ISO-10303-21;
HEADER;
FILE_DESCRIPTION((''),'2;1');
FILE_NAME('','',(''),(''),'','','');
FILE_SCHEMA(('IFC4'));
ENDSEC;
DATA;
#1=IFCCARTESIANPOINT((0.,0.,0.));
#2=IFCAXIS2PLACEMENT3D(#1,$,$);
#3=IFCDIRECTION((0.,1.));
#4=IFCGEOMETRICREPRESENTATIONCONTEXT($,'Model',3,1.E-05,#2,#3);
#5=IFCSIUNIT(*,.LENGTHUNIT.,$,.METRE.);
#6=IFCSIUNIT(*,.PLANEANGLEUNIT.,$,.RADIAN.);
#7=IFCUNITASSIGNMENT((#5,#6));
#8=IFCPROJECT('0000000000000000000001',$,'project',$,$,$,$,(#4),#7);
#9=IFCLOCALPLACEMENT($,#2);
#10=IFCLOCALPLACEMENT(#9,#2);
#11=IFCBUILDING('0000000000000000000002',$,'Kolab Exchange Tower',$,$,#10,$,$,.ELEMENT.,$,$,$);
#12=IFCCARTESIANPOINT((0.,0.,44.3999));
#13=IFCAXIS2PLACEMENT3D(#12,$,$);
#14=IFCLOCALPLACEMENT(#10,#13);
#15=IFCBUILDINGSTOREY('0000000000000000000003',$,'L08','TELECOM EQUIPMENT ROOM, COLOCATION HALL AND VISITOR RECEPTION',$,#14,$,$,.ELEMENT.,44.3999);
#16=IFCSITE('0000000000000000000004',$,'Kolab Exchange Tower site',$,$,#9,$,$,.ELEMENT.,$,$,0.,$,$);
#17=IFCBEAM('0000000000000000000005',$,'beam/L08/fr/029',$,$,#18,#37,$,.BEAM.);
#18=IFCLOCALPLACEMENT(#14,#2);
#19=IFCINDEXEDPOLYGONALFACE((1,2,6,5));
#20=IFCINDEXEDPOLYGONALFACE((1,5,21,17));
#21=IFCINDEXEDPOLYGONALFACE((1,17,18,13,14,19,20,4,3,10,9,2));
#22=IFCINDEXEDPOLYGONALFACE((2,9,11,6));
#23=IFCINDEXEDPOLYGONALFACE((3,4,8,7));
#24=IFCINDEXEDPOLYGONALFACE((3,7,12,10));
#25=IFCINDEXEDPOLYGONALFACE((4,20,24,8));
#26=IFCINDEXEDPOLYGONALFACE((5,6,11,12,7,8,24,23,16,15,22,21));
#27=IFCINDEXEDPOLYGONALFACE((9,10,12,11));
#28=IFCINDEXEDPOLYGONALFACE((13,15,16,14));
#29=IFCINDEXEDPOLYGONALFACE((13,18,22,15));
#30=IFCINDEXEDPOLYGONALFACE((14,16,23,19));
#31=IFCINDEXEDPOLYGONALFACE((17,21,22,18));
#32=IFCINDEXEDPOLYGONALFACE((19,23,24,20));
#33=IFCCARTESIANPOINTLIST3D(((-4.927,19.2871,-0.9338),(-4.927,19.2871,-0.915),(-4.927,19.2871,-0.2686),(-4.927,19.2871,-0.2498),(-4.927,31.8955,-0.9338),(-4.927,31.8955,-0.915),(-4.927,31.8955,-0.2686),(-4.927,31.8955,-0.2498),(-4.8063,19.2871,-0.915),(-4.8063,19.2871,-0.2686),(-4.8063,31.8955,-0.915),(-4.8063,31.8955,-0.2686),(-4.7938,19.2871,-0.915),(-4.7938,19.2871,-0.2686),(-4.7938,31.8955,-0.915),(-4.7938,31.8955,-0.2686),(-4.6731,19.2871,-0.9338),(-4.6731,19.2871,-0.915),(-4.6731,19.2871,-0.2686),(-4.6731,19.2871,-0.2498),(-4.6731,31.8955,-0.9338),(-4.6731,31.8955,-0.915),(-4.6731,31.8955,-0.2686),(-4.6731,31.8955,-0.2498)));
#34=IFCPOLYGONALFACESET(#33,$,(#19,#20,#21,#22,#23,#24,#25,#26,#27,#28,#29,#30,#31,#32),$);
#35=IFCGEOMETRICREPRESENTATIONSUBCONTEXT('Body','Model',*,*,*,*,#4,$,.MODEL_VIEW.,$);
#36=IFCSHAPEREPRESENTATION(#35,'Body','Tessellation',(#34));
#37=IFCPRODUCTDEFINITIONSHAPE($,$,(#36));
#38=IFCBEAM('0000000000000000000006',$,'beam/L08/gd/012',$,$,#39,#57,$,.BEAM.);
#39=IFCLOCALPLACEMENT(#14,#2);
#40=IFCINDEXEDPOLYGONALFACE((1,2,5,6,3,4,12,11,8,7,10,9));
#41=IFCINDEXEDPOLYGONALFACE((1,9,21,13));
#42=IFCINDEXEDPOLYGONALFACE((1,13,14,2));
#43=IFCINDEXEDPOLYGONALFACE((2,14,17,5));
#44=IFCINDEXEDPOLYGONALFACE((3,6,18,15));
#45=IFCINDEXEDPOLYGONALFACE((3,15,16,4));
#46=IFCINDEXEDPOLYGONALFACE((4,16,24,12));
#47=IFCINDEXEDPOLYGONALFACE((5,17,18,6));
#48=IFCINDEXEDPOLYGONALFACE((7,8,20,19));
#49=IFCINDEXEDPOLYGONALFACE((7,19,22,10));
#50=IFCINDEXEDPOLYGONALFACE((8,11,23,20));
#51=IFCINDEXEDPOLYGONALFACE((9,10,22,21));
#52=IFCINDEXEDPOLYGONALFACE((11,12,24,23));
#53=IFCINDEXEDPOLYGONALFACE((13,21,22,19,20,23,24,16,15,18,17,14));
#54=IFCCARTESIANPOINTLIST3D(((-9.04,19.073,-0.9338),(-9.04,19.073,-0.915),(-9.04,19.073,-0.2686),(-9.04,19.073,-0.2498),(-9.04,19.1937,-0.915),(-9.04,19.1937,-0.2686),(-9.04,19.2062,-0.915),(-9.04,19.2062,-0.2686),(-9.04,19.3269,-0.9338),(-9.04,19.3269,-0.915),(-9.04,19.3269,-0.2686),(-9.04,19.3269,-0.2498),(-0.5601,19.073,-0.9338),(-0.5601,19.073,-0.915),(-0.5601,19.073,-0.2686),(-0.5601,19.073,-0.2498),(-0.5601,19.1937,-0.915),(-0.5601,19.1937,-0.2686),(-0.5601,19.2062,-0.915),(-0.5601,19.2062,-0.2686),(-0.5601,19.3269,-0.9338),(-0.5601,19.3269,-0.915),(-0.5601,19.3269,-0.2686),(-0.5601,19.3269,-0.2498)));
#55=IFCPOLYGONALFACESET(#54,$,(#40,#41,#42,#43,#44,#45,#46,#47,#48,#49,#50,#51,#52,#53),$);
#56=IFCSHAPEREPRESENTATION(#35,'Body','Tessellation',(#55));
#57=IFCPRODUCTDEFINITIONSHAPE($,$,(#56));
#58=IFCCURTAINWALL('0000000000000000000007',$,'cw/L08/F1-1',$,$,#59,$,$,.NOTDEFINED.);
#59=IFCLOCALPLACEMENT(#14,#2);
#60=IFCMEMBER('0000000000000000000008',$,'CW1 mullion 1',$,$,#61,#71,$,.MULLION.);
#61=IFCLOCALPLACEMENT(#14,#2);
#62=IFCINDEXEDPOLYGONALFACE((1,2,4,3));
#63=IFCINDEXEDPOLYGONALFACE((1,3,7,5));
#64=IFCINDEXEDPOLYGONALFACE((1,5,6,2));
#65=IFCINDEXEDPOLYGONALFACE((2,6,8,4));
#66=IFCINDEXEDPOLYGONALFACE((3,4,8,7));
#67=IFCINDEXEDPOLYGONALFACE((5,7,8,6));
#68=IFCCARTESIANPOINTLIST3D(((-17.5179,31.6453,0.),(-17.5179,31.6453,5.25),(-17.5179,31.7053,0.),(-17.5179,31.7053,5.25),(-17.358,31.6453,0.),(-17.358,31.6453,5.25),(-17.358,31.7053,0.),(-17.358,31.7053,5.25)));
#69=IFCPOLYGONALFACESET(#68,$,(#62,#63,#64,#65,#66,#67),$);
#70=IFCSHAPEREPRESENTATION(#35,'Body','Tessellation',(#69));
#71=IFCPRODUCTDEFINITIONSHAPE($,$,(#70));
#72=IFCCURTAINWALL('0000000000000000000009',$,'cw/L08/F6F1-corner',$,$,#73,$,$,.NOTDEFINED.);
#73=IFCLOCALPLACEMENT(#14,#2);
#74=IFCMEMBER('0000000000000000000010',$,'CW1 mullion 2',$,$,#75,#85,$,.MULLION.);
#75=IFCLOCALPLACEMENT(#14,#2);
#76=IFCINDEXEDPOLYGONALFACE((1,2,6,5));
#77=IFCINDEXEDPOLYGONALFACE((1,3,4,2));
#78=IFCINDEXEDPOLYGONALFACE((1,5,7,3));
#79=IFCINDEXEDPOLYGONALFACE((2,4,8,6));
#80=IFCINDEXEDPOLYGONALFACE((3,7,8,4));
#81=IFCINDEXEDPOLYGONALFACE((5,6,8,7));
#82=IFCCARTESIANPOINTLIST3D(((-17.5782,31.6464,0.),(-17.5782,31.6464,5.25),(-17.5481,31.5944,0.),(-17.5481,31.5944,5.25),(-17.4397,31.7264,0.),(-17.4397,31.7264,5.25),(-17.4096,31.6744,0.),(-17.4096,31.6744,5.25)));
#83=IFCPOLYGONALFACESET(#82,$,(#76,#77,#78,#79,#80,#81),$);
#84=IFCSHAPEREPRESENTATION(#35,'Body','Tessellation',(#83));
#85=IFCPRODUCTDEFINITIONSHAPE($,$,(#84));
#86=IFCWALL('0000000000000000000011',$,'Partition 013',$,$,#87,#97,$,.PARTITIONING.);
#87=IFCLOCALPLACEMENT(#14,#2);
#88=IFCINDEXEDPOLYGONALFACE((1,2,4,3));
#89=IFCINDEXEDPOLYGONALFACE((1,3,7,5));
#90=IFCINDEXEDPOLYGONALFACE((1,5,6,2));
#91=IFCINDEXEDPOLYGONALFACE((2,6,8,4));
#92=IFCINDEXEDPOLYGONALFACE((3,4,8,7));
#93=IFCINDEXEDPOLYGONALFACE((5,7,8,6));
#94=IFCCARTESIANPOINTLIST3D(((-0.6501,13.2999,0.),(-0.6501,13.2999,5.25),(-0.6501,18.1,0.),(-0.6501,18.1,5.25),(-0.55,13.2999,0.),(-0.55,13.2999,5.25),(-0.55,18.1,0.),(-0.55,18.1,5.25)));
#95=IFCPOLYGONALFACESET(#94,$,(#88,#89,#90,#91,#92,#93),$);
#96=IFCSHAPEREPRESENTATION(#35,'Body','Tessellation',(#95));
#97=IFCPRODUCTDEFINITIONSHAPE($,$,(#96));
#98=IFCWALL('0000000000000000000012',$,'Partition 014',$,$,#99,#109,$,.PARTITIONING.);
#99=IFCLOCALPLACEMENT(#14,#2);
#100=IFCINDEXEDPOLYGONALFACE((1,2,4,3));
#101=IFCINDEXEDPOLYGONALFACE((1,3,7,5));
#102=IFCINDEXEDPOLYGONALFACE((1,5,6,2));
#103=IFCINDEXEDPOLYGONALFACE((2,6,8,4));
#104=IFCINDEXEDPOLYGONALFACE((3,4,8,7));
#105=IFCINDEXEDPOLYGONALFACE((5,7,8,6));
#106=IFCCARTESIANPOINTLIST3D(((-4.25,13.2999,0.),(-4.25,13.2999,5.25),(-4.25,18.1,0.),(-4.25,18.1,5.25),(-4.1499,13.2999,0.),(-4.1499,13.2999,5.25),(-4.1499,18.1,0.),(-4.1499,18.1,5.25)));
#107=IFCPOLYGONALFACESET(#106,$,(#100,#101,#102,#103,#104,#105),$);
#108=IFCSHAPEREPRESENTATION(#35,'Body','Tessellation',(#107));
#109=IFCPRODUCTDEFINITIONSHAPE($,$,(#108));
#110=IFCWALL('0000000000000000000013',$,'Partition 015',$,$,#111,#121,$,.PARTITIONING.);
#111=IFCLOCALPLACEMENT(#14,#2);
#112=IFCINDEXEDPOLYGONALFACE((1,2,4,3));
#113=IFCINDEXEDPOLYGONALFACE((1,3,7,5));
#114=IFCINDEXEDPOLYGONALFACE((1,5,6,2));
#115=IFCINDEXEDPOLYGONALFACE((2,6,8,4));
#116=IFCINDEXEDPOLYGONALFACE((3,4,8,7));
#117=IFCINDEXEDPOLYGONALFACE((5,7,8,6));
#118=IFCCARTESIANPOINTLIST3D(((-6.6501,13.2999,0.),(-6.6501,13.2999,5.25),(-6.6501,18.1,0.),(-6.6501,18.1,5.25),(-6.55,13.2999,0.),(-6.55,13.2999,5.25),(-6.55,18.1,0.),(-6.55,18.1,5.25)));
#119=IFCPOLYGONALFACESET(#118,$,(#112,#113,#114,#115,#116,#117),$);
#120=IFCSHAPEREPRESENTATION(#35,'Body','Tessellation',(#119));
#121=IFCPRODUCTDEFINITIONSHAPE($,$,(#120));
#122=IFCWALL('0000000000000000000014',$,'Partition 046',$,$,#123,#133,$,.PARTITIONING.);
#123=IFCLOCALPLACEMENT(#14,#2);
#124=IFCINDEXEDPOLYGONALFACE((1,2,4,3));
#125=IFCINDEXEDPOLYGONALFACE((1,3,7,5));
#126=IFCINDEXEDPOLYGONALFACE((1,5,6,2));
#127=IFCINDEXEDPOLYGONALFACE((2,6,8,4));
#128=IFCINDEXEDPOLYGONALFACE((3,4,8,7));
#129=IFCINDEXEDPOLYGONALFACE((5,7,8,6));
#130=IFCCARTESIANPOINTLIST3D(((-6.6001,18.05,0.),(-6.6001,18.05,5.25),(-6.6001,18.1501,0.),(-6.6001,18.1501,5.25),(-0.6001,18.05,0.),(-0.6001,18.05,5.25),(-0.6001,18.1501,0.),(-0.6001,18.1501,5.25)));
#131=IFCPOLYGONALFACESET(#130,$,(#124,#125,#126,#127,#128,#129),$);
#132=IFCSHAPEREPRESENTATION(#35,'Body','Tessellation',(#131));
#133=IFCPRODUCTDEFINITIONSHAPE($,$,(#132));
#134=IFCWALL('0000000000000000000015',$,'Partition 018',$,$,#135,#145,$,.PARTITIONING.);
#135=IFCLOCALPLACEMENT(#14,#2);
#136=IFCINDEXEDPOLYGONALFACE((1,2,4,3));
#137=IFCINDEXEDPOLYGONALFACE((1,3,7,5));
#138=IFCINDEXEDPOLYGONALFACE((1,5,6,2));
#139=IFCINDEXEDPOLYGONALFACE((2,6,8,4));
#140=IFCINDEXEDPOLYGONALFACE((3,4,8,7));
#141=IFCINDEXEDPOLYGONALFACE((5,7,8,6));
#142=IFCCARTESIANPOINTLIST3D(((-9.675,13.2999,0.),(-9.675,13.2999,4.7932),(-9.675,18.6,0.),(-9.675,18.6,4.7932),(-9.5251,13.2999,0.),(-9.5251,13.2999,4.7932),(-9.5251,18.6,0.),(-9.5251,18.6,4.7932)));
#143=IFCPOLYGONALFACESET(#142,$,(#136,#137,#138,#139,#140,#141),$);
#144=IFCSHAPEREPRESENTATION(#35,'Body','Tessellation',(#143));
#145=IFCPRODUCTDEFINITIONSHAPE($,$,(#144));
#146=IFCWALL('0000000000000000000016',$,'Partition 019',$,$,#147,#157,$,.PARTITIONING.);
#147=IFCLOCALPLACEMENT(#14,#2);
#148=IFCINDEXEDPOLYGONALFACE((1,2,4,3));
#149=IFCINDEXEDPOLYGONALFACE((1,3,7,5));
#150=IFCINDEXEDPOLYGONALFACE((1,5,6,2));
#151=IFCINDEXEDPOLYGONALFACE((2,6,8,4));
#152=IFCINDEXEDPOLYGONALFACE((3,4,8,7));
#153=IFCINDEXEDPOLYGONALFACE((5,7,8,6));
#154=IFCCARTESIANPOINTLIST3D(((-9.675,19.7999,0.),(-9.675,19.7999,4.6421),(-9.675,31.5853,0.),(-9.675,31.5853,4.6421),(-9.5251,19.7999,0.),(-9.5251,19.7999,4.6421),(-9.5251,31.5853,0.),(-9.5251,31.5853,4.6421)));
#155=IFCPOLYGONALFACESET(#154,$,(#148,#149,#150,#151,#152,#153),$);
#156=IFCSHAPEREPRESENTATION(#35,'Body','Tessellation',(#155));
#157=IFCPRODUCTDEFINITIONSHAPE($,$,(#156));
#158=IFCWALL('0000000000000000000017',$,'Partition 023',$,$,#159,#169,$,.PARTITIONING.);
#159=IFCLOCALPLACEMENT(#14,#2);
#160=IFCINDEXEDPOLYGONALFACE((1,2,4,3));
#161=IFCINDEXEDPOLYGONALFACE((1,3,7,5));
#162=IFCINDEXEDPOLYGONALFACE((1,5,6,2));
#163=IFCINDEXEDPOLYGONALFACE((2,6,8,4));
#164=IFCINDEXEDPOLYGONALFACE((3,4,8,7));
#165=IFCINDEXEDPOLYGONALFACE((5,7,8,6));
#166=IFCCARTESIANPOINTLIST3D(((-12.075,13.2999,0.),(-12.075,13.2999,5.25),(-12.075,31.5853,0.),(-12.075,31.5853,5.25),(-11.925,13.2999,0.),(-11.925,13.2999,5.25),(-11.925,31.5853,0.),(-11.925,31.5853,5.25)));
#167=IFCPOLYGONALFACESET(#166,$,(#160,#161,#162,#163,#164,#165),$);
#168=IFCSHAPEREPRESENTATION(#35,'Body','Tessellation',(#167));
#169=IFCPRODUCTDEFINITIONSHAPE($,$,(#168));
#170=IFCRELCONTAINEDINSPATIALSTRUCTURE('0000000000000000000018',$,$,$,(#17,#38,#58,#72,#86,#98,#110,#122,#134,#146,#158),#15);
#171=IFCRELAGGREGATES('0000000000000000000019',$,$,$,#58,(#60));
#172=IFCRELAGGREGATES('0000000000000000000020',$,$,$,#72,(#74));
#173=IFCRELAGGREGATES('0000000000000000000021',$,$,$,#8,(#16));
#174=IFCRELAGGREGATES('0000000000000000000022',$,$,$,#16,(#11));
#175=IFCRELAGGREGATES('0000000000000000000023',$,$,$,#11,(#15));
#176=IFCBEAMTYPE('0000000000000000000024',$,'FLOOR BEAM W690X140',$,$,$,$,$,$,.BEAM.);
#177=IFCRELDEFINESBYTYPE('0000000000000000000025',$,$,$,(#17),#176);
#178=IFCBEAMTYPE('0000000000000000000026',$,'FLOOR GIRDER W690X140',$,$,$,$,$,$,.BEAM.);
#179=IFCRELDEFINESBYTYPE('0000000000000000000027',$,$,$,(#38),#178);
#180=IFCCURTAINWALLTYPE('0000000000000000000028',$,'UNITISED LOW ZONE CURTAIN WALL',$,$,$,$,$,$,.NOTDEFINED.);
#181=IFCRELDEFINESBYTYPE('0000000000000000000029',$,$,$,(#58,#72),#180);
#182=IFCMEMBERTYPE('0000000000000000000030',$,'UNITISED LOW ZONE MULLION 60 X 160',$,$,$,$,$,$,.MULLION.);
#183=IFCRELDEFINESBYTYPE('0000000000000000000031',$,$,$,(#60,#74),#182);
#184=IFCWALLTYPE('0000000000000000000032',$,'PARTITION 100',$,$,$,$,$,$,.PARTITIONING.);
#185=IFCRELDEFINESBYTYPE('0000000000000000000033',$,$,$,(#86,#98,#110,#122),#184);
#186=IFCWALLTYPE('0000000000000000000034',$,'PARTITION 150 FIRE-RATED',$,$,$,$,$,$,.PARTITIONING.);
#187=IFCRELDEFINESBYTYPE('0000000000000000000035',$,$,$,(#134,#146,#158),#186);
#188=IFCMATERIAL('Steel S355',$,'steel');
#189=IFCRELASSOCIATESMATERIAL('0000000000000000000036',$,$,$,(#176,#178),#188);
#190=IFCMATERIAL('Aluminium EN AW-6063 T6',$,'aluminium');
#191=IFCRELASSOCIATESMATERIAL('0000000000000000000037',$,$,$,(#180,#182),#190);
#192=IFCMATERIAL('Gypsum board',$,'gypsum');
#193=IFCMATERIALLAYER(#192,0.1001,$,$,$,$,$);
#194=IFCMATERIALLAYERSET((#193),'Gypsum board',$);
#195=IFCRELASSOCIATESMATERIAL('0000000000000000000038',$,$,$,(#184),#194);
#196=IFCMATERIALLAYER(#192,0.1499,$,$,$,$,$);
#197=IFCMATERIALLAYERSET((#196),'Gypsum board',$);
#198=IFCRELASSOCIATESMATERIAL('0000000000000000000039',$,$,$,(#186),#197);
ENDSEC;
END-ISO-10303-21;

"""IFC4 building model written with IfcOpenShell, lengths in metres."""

from ifc_helpers import new_model, si_unit, direction, frame, frame_2d, origin, origin_2d, place, context, subcontext, project, spatial, rectangle, i_section, extrude, material, layer, layer_set, material_profile, profile_set, type_object, element, aggregate, save


model = new_model("IFC4")

# Units and contexts
model_context = context("Model", 3, precision=1e-05, world=origin(), true_north=direction((0.0, 1.0)))
body_context = subcontext(model_context, "Body", "Model", "MODEL_VIEW")
ifc_project = project(units=[si_unit("LENGTHUNIT", "METRE"), si_unit("PLANEANGLEUNIT", "RADIAN")], contexts=[model_context])

# Site, building, storey
site_placement = place(None, origin())
site = spatial("IfcSite", under=ifc_project, at=site_placement, Name="Kolab Exchange Tower site", CompositionType="ELEMENT", RefElevation=0.0)
building_placement = place(site_placement, origin())
building = spatial("IfcBuilding", under=site, at=building_placement, Name="Kolab Exchange Tower", CompositionType="ELEMENT")
storey_placement = place(building_placement, frame((0.0, 0.0, 44.3999)))
storey = spatial("IfcBuildingStorey", under=building, at=storey_placement, Name="L08", Description="TELECOM EQUIPMENT ROOM, COLOCATION HALL AND VISITOR RECEPTION", CompositionType="ELEMENT", Elevation=44.3999)

# Beams
ifc_material_1 = material(Name="Steel S355", Category="steel")
ifc_material_profile_1 = material_profile(ifc_material_1, i_section(OverallWidth=0.2539, OverallDepth=0.6841, WebThickness=0.0125, FlangeThickness=0.0188, at=origin_2d()), Name="W690X140")
ifc_profile_set_1 = profile_set([ifc_material_profile_1], Name="Steel S355")
beam_type_1 = type_object("IfcBeamType", Name="FLOOR BEAM W690X140", PredefinedType="BEAM", material=ifc_profile_set_1)
for number, where, z_axis, x_axis, name in (
    (1, (-4.8, 19.2871, -0.5918), (0.0, 1.0, 0.0), (-1.0, 0.0, 0.0), "beam/L08/fr/029"),
):
    element("IfcBeam", number, at=place(storey_placement, frame(where, z_axis=z_axis, x_axis=x_axis)), inside=storey, type_object=beam_type_1, Name=name, PredefinedType="BEAM", context=body_context, shape_type="SweptSolid", body=[
        extrude(i_section(OverallWidth=0.2539, OverallDepth=0.6841, WebThickness=0.0125, FlangeThickness=0.0188, at=origin_2d()), origin(), (0.0, 0.0, 1.0), 12.6084),
    ])
ifc_material_profile_2 = material_profile(ifc_material_1, i_section(OverallWidth=0.2539, OverallDepth=0.6841, WebThickness=0.0125, FlangeThickness=0.0188, at=origin_2d()), Name="W690X140")
ifc_profile_set_2 = profile_set([ifc_material_profile_2], Name="Steel S355")
beam_type_2 = type_object("IfcBeamType", Name="FLOOR GIRDER W690X140", PredefinedType="BEAM", material=ifc_profile_set_2)
beam_1_placement = place(storey_placement, frame((-9.04, 19.2, -0.5918), z_axis=(1.0, 0.0, 0.0), x_axis=(0.0, 1.0, 0.0)))
element("IfcBeam", 2, at=beam_1_placement, inside=storey, type_object=beam_type_2, Name="beam/L08/gd/012", PredefinedType="BEAM", context=body_context, shape_type="SweptSolid", body=[
    extrude(i_section(OverallWidth=0.2539, OverallDepth=0.6841, WebThickness=0.0125, FlangeThickness=0.0188, at=origin_2d()), origin(), (0.0, 0.0, 1.0), 8.48),
])

# Curtain walls, members
ifc_material_2 = material(Name="Aluminium EN AW-6063 T6", Category="aluminium")
curtain_wall_type = type_object("IfcCurtainWallType", Name="UNITISED LOW ZONE CURTAIN WALL", PredefinedType="NOTDEFINED", material=ifc_material_2)
curtain_wall_1_placement = place(storey_placement, origin())
curtain_wall_1 = element("IfcCurtainWall", 3, at=curtain_wall_1_placement, inside=storey, type_object=curtain_wall_type, Name="cw/L08/F1-1", PredefinedType="NOTDEFINED")
ifc_material_profile_3 = material_profile(ifc_material_2, rectangle(XDim=0.0601, YDim=0.1599, at=origin_2d()), Name="RECT 60X160")
ifc_profile_set_3 = profile_set([ifc_material_profile_3], Name="Aluminium EN AW-6063 T6")
member_type = type_object("IfcMemberType", Name="UNITISED LOW ZONE MULLION 60 X 160", PredefinedType="MULLION", material=ifc_profile_set_3)
member_1_placement = place(storey_placement, frame((-17.438, 31.6753, 0.0), z_axis=(0.0, 0.0, 1.0), x_axis=(0.0, 1.0, 0.0)))
member_1 = element("IfcMember", 4, at=member_1_placement, type_object=member_type, Name="CW1 mullion 1", PredefinedType="MULLION", context=body_context, shape_type="SweptSolid", body=[
    extrude(rectangle(XDim=0.0601, YDim=0.1599, at=origin_2d()), origin(), (0.0, 0.0, 1.0), 5.25),
])
aggregate(curtain_wall_1, [member_1])
curtain_wall_2_placement = place(storey_placement, origin())
curtain_wall_2 = element("IfcCurtainWall", 5, at=curtain_wall_2_placement, inside=storey, type_object=curtain_wall_type, Name="cw/L08/F6F1-corner", PredefinedType="NOTDEFINED")
member_2_placement = place(storey_placement, frame((-17.4939, 31.6604, 0.0), z_axis=(0.0, 0.0, 1.0), x_axis=(-0.5, 0.866025, 0.0)))
member_2 = element("IfcMember", 6, at=member_2_placement, type_object=member_type, Name="CW1 mullion 2", PredefinedType="MULLION", context=body_context, shape_type="SweptSolid", body=[
    extrude(rectangle(XDim=0.0601, YDim=0.1599, at=origin_2d()), origin(), (0.0, 0.0, 1.0), 5.25),
])
aggregate(curtain_wall_2, [member_2])

# Walls
ifc_material_3 = material(Name="Gypsum board", Category="gypsum")
ifc_layer_1 = layer(ifc_material_3, 0.1001)
ifc_layer_set_1 = layer_set([ifc_layer_1], Name="Gypsum board")
wall_type_1 = type_object("IfcWallType", Name="PARTITION 100", PredefinedType="PARTITIONING", material=ifc_layer_set_1)
for number, where, z_axis, x_axis, name in (
    (7, (-0.6001, 13.3, 0.0), (0.0, 0.0, 1.0), (0.0, 1.0, 0.0), "Partition 013"),
    (8, (-4.2, 13.3, 0.0), (0.0, 0.0, 1.0), (0.0, 1.0, 0.0), "Partition 014"),
    (9, (-6.6001, 13.3, 0.0), (0.0, 0.0, 1.0), (0.0, 1.0, 0.0), "Partition 015"),
):
    element("IfcWall", number, at=place(storey_placement, frame(where, z_axis=z_axis, x_axis=x_axis)), inside=storey, type_object=wall_type_1, Name=name, PredefinedType="PARTITIONING", context=body_context, shape_type="SweptSolid", body=[
        extrude(rectangle(XDim=4.8, YDim=0.1001, at=frame_2d((2.3999, 0.0))), origin(), (0.0, 0.0, 1.0), 5.25),
    ])
wall_1_placement = place(storey_placement, frame((-6.6001, 18.1001, 0.0), z_axis=(0.0, 0.0, 1.0), x_axis=(1.0, 0.0, 0.0)))
element("IfcWall", 10, at=wall_1_placement, inside=storey, type_object=wall_type_1, Name="Partition 046", PredefinedType="PARTITIONING", context=body_context, shape_type="SweptSolid", body=[
    extrude(rectangle(XDim=6.0, YDim=0.1001, at=frame_2d((3.0, 0.0))), origin(), (0.0, 0.0, 1.0), 5.25),
])
ifc_layer_2 = layer(ifc_material_3, 0.1499)
ifc_layer_set_2 = layer_set([ifc_layer_2], Name="Gypsum board")
wall_type_2 = type_object("IfcWallType", Name="PARTITION 150 FIRE-RATED", PredefinedType="PARTITIONING", material=ifc_layer_set_2)
wall_2_placement = place(storey_placement, frame((-9.6001, 13.3, 0.0), z_axis=(0.0, 0.0, 1.0), x_axis=(0.0, 1.0, 0.0)))
element("IfcWall", 11, at=wall_2_placement, inside=storey, type_object=wall_type_2, Name="Partition 018", PredefinedType="PARTITIONING", context=body_context, shape_type="SweptSolid", body=[
    extrude(rectangle(XDim=5.3, YDim=0.1499, at=frame_2d((2.6499, 0.0))), origin(), (0.0, 0.0, 1.0), 4.7932),
])
wall_3_placement = place(storey_placement, frame((-9.6001, 19.8, 0.0), z_axis=(0.0, 0.0, 1.0), x_axis=(0.0, 1.0, 0.0)))
element("IfcWall", 12, at=wall_3_placement, inside=storey, type_object=wall_type_2, Name="Partition 019", PredefinedType="PARTITIONING", context=body_context, shape_type="SweptSolid", body=[
    extrude(rectangle(XDim=11.7854, YDim=0.1499, at=frame_2d((5.8926, 0.0))), origin(), (0.0, 0.0, 1.0), 4.6421),
])
wall_4_placement = place(storey_placement, frame((-12.0, 13.3, 0.0), z_axis=(0.0, 0.0, 1.0), x_axis=(0.0, 1.0, 0.0)))
element("IfcWall", 13, at=wall_4_placement, inside=storey, type_object=wall_type_2, Name="Partition 023", PredefinedType="PARTITIONING", context=body_context, shape_type="SweptSolid", body=[
    extrude(rectangle(XDim=18.2854, YDim=0.1499, at=frame_2d((9.1426, 0.0))), origin(), (0.0, 0.0, 1.0), 5.25),
])

save(model, "model.ifc")
